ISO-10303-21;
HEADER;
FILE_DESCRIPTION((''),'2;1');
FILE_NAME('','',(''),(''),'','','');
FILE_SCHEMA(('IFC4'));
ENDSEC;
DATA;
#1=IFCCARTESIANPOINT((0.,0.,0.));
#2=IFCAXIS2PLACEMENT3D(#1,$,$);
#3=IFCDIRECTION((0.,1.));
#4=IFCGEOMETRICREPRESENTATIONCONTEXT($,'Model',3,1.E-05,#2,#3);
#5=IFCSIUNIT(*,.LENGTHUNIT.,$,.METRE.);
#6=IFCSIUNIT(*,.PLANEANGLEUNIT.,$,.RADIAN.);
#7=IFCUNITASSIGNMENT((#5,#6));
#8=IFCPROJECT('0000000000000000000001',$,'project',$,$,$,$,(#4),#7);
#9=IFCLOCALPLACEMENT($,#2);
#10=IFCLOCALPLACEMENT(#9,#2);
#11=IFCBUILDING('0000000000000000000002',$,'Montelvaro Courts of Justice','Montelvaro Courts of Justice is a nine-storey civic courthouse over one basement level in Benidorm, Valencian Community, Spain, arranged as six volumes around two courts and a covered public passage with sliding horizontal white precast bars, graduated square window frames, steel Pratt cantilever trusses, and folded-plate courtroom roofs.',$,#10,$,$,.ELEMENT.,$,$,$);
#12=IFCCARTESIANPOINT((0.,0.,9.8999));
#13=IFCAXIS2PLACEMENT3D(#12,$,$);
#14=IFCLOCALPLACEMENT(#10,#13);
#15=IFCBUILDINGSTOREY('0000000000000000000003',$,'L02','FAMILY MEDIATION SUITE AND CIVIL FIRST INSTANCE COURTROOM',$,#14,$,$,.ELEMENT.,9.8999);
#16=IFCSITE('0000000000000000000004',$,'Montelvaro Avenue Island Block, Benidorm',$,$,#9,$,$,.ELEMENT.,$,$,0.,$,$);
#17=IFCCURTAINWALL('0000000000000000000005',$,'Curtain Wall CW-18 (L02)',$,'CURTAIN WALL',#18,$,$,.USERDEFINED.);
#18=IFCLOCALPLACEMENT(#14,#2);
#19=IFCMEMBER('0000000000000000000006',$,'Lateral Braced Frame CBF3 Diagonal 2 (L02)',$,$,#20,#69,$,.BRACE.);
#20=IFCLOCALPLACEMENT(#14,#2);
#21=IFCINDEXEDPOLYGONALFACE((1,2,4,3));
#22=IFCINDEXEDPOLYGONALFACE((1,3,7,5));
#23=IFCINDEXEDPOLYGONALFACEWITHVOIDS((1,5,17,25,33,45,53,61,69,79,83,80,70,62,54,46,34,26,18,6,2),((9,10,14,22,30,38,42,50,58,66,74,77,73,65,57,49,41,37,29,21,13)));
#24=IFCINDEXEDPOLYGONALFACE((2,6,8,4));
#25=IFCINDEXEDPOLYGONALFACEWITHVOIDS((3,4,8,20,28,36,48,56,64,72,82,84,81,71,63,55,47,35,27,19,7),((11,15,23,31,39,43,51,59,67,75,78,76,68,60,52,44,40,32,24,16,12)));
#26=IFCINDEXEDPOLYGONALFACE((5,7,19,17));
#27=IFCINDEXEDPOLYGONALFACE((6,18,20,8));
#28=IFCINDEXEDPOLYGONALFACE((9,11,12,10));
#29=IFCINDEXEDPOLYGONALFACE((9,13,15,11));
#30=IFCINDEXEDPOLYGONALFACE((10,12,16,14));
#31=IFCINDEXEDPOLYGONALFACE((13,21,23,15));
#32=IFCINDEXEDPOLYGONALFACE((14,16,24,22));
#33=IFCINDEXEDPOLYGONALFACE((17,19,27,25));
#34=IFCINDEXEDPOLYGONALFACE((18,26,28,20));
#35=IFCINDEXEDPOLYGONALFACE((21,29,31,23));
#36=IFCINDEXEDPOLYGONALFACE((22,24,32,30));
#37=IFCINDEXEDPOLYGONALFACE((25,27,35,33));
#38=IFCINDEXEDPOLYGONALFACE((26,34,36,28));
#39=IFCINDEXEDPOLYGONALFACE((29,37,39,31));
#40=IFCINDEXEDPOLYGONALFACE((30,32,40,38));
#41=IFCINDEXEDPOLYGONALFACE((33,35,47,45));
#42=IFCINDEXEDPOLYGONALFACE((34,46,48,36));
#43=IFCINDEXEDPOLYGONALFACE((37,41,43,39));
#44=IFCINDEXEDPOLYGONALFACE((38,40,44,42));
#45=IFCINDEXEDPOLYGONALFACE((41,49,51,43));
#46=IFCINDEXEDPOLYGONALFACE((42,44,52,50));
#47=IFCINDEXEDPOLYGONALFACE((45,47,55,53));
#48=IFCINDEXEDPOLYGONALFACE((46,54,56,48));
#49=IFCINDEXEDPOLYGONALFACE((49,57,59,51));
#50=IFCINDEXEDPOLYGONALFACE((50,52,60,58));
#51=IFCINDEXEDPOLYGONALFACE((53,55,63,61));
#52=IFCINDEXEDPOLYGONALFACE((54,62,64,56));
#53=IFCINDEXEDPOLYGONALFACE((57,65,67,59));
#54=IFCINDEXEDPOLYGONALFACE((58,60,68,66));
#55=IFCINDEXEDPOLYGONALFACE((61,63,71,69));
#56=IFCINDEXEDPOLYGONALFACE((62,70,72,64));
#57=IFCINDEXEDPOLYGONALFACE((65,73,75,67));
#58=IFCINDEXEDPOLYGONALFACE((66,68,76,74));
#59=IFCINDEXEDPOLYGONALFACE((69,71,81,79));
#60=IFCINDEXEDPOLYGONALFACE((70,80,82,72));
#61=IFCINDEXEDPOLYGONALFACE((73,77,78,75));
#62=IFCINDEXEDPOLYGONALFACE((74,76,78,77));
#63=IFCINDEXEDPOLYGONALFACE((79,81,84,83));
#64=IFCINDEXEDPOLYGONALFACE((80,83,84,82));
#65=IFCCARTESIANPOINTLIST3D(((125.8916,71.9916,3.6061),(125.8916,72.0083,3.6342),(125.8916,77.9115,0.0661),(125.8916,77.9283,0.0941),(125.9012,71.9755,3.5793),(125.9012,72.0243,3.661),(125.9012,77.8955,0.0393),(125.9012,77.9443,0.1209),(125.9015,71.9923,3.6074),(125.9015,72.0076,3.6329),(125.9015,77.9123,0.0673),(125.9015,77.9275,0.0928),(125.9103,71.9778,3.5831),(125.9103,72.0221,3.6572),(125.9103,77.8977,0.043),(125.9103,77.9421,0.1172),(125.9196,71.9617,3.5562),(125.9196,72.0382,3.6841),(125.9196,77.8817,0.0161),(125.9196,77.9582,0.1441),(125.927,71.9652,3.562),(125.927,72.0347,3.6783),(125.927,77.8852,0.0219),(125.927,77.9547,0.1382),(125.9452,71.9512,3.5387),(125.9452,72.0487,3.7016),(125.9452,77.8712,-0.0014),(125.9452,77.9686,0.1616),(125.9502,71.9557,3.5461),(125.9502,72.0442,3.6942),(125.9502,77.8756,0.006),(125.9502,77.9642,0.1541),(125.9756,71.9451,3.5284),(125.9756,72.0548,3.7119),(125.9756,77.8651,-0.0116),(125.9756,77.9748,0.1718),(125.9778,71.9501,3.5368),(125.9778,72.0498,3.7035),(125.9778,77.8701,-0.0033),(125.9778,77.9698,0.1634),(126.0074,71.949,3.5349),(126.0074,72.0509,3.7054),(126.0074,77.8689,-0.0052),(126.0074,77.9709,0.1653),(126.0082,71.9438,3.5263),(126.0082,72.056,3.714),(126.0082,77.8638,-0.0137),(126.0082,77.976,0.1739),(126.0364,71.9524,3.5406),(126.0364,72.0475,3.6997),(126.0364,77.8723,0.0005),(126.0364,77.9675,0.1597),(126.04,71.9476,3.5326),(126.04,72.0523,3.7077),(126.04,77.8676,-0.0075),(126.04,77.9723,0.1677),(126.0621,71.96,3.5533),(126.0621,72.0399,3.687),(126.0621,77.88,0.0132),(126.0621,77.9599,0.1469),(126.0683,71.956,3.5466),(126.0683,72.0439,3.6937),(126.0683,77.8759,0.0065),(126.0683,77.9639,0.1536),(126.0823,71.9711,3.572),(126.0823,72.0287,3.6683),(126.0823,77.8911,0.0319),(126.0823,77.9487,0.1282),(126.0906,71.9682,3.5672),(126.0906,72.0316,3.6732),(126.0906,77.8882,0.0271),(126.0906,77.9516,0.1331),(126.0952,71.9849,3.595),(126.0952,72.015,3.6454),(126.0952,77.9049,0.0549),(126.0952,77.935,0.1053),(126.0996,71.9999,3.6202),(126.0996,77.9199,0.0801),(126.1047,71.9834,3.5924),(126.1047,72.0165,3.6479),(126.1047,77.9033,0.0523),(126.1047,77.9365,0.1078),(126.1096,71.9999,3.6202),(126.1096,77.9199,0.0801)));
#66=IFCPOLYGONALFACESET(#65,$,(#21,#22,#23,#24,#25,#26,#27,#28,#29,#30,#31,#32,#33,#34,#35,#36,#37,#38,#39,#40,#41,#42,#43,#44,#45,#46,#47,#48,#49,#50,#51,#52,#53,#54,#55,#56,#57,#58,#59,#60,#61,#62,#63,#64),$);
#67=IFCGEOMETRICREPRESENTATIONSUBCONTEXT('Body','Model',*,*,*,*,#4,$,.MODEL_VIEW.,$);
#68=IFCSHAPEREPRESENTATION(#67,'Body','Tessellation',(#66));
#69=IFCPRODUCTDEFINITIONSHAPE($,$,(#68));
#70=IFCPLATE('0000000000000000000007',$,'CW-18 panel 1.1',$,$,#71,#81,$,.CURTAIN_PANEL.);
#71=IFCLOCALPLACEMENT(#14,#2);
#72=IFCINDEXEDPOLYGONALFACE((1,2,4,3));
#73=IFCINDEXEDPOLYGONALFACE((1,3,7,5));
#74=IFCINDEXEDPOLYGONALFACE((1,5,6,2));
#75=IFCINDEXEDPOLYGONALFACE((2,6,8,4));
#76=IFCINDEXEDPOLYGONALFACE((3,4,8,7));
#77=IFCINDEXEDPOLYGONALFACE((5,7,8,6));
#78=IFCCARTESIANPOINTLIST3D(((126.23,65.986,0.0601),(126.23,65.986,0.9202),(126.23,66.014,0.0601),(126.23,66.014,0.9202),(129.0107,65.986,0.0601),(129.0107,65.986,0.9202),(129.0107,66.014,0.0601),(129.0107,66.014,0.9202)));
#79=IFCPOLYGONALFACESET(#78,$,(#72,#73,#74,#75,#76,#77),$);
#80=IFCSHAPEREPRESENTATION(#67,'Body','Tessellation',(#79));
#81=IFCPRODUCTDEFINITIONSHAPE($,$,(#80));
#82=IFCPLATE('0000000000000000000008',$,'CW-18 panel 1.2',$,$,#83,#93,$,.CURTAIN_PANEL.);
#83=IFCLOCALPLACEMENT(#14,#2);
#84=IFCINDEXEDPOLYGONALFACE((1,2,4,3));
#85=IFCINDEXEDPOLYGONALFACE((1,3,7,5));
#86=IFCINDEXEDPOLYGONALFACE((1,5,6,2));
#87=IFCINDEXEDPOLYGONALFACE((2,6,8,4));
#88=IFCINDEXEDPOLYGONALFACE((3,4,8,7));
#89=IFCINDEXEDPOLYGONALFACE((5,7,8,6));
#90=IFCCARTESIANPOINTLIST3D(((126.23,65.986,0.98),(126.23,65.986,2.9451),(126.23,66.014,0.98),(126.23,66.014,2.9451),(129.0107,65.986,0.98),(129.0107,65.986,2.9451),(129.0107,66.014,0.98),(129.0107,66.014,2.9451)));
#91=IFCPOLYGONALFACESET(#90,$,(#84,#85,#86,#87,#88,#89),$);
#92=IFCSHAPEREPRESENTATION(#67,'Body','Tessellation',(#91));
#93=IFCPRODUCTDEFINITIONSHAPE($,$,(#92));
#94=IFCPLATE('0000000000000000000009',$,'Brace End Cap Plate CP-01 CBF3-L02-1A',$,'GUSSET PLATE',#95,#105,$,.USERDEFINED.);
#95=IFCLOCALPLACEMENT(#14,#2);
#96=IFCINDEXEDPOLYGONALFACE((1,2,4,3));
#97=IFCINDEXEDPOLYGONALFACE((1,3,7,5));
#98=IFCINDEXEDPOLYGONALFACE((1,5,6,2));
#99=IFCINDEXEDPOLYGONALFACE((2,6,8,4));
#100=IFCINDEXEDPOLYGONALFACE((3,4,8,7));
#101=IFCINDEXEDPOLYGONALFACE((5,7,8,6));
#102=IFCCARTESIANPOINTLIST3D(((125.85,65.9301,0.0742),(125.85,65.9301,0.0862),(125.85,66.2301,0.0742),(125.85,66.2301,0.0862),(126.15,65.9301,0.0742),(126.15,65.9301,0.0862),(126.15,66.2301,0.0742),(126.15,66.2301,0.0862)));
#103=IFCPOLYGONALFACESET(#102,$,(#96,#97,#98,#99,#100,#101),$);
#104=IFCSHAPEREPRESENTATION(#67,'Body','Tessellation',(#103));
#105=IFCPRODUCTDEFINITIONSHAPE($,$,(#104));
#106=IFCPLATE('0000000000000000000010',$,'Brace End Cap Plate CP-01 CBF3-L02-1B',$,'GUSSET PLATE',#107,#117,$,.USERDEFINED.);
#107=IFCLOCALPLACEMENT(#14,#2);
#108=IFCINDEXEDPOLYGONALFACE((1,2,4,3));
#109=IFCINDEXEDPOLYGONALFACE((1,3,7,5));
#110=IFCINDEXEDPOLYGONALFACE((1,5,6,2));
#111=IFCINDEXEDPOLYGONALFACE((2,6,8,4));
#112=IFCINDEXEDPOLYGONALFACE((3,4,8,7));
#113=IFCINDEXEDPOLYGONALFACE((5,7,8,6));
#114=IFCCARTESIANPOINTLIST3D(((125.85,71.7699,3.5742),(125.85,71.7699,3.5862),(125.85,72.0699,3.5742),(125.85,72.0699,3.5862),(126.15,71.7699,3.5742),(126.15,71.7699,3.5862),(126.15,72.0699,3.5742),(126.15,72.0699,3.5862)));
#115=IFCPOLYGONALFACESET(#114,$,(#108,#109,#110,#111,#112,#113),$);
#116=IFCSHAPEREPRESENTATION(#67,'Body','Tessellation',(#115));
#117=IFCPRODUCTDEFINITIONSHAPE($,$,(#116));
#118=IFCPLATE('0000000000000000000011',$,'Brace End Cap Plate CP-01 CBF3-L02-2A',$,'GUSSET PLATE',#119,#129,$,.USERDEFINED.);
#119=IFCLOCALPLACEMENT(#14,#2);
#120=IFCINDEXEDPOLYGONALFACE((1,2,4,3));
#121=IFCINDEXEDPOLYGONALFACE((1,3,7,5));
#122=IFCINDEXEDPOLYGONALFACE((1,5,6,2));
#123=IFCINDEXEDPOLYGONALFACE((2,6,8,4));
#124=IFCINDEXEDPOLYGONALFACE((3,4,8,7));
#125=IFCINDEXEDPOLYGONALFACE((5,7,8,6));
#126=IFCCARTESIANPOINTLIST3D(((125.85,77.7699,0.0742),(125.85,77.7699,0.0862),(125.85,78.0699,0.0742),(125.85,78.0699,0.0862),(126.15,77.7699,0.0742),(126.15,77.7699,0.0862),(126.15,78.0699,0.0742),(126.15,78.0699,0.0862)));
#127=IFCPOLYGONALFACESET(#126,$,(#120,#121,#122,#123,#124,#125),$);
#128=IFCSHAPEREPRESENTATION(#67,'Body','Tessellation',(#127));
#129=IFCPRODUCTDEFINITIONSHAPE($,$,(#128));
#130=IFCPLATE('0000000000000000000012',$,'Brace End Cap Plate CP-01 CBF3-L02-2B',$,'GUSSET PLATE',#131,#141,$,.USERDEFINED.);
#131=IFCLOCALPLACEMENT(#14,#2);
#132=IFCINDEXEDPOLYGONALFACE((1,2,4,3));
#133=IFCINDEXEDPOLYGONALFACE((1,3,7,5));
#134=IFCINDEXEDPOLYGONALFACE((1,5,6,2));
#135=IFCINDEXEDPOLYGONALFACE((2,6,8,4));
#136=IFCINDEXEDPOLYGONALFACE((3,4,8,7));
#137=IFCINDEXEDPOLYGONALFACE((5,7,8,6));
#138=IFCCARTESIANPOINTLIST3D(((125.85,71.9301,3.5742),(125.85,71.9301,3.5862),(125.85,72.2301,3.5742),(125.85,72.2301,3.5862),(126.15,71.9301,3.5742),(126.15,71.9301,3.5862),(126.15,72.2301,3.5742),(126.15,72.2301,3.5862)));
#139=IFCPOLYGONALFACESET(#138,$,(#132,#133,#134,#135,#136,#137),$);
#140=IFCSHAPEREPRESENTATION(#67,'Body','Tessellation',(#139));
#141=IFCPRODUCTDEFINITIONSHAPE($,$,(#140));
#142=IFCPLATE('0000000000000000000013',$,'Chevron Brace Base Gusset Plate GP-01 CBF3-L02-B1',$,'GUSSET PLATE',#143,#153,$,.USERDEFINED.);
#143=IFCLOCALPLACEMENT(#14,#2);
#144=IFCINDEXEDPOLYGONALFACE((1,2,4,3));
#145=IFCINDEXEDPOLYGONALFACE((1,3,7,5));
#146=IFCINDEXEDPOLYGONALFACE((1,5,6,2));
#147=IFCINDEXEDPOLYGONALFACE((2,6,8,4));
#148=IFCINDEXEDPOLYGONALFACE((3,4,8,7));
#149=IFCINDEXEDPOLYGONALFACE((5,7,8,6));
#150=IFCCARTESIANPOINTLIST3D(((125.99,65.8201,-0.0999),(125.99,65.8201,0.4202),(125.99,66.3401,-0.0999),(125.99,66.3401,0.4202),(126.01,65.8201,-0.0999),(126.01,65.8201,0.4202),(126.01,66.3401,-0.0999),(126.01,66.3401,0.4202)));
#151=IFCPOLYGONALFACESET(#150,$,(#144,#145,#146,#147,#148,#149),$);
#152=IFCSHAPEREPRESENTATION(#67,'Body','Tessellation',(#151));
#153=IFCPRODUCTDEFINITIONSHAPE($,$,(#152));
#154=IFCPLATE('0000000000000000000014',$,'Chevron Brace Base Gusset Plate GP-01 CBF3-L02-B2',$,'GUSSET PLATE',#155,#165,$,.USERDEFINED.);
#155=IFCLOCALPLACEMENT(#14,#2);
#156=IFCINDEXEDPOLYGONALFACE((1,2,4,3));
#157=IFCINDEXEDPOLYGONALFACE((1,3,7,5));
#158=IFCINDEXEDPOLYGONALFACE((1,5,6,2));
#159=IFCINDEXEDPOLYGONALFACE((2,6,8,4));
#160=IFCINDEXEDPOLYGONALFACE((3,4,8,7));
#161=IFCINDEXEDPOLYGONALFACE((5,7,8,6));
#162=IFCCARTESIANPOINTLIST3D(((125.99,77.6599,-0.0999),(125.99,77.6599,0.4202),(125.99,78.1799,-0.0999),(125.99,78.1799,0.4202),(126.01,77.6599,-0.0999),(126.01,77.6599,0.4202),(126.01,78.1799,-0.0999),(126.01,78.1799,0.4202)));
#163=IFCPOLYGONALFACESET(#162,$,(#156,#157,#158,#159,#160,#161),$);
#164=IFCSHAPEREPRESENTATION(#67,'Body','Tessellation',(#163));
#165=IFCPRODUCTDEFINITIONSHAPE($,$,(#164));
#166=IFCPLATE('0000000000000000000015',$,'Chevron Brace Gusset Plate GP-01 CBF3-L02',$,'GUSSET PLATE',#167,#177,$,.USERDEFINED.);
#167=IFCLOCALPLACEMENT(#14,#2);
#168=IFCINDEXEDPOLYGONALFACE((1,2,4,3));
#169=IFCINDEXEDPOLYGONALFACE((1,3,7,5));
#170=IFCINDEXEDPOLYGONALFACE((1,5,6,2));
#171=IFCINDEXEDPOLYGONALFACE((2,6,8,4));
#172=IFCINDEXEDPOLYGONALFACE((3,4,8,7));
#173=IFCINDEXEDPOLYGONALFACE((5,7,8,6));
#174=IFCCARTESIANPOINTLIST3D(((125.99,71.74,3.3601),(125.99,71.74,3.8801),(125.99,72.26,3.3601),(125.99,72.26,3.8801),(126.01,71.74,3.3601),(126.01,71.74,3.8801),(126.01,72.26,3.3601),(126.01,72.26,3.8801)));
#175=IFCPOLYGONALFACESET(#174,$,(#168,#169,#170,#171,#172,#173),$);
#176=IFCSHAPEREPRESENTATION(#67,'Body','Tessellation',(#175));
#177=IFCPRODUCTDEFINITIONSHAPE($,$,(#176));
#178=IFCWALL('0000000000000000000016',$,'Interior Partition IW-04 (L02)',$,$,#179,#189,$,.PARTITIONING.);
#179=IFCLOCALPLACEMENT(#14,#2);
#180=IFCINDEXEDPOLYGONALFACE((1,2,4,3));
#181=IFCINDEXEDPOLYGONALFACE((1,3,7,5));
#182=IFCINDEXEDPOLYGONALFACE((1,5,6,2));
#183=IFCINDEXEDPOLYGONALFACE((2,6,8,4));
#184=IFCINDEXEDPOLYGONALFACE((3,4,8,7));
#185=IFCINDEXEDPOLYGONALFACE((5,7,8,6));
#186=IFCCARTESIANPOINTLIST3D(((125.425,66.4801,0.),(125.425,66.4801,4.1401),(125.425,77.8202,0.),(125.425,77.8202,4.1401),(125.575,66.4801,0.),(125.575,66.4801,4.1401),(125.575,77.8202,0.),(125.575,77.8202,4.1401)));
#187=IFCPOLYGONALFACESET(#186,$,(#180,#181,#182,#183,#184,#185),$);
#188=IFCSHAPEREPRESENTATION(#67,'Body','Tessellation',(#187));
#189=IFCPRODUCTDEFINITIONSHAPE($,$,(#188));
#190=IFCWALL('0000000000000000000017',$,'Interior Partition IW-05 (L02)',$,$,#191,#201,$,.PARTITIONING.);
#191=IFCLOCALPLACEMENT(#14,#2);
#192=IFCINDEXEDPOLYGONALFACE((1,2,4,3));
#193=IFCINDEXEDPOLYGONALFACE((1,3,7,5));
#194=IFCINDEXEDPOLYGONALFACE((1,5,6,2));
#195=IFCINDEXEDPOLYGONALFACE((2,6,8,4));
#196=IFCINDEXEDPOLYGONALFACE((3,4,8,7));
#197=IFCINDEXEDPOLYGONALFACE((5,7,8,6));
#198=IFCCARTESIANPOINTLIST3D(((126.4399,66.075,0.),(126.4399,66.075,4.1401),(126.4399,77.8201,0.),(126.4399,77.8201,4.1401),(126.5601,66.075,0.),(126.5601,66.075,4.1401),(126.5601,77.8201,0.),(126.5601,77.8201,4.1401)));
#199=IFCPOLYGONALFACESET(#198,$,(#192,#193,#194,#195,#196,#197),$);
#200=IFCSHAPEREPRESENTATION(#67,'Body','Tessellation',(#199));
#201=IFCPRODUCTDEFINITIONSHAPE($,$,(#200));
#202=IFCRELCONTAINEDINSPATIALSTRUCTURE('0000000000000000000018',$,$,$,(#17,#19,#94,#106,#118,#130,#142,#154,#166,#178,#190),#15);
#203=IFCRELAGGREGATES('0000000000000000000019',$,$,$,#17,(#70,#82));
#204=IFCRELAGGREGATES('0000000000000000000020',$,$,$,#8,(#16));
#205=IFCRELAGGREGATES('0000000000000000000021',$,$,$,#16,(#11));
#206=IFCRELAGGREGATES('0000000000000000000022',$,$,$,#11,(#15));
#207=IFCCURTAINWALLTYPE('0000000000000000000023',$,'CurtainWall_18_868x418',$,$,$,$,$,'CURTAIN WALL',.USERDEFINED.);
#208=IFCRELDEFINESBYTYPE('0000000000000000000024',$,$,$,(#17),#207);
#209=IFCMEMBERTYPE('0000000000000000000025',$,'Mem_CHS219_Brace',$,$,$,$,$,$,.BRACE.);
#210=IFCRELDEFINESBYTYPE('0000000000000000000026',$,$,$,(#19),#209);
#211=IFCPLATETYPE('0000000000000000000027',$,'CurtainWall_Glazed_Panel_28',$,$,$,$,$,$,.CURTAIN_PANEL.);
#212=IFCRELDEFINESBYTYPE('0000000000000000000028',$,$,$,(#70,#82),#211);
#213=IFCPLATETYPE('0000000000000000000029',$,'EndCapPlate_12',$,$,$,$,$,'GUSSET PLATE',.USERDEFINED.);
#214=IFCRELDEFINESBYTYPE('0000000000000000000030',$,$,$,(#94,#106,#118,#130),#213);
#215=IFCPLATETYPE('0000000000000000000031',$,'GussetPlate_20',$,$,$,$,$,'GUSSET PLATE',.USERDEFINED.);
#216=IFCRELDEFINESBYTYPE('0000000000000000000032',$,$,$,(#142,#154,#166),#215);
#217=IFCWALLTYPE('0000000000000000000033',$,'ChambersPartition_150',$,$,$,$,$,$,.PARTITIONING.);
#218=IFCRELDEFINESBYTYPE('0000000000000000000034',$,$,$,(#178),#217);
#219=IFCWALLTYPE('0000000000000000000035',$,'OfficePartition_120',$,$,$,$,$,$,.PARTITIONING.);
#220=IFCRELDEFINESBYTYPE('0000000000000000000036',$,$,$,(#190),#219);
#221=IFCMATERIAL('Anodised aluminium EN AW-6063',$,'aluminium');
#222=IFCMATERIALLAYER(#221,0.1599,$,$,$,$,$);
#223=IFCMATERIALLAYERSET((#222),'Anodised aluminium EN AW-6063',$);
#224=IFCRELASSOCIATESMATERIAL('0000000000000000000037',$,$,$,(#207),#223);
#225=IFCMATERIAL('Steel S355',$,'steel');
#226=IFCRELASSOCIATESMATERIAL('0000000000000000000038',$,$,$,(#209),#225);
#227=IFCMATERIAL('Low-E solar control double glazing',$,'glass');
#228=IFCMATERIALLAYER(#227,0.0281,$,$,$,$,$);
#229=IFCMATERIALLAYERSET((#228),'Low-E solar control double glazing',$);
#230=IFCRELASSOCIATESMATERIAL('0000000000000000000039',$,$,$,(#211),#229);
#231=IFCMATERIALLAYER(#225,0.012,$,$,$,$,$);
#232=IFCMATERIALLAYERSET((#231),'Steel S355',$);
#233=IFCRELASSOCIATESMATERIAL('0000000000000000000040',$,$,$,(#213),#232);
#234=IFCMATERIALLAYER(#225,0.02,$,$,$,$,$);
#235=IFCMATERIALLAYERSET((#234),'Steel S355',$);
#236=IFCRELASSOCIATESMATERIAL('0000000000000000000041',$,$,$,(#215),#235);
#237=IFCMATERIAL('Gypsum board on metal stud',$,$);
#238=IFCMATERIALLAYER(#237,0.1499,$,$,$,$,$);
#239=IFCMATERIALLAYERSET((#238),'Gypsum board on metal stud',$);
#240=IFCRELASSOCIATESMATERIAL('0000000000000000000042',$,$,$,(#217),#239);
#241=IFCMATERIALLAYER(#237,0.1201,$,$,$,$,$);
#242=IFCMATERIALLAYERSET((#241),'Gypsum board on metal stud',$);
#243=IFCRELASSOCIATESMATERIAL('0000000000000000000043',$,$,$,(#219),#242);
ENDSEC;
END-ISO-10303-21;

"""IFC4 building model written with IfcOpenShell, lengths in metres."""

from ifc_helpers import new_model, si_unit, direction, frame, frame_2d, origin, origin_2d, place, context, subcontext, project, spatial, rectangle, hollow_circle, extrude, material, layer, layer_set, material_profile, profile_set, type_object, element, aggregate, save


model = new_model("IFC4")

# Units and contexts
model_context = context("Model", 3, precision=1e-05, world=origin(), true_north=direction((0.0, 1.0)))
body_context = subcontext(model_context, "Body", "Model", "MODEL_VIEW")
ifc_project = project(units=[si_unit("LENGTHUNIT", "METRE"), si_unit("PLANEANGLEUNIT", "RADIAN")], contexts=[model_context])

# Site, building, storey
site_placement = place(None, origin())
site = spatial("IfcSite", under=ifc_project, at=site_placement, Name="Montelvaro Avenue Island Block, Benidorm", CompositionType="ELEMENT", RefElevation=0.0)
building_placement = place(site_placement, origin())
building = spatial("IfcBuilding", under=site, at=building_placement, Name="Montelvaro Courts of Justice", Description="Montelvaro Courts of Justice is a nine-storey civic courthouse over one basement level in Benidorm, Valencian Community, Spain, arranged as six volumes around two courts and a covered public passage with sliding horizontal white precast bars, graduated square window frames, steel Pratt cantilever trusses, and folded-plate courtroom roofs.", CompositionType="ELEMENT")
storey_placement = place(building_placement, frame((0.0, 0.0, 9.8999)))
storey = spatial("IfcBuildingStorey", under=building, at=storey_placement, Name="L02", Description="FAMILY MEDIATION SUITE AND CIVIL FIRST INSTANCE COURTROOM", CompositionType="ELEMENT", Elevation=9.8999)

# Shared definitions
ifc_material_1 = material(Name="Steel S355", Category="steel")

# Curtain wall
ifc_material_2 = material(Name="Anodised aluminium EN AW-6063", Category="aluminium")
ifc_layer_1 = layer(ifc_material_2, 0.1599)
ifc_layer_set_1 = layer_set([ifc_layer_1], Name="Anodised aluminium EN AW-6063")
curtain_wall_type = type_object("IfcCurtainWallType", Name="CurtainWall_18_868x418", ElementType="CURTAIN WALL", PredefinedType="USERDEFINED", material=ifc_layer_set_1)
curtain_wall_placement = place(storey_placement, origin())
curtain_wall = element("IfcCurtainWall", 1, at=curtain_wall_placement, inside=storey, type_object=curtain_wall_type, Name="Curtain Wall CW-18 (L02)", ObjectType="CURTAIN WALL", PredefinedType="USERDEFINED")

# Member
ifc_material_profile_1 = material_profile(ifc_material_1, hollow_circle(Radius=0.1096, WallThickness=0.01, at=origin_2d()), Name="CHS 219.1x10")
ifc_profile_set_1 = profile_set([ifc_material_profile_1], Name="Steel S355")
member_type_1 = type_object("IfcMemberType", Name="Mem_CHS219_Brace", PredefinedType="BRACE", material=ifc_profile_set_1)
for number, where, z_axis, x_axis, name in (
    (2, (126.0, 77.9199, 0.0801), (0.0, -0.858254, 0.513225), (1.0, 0.0, 0.0), "Lateral Braced Frame CBF3 Diagonal 2 (L02)"),
):
    element("IfcMember", number, at=place(storey_placement, frame(where, z_axis=z_axis, x_axis=x_axis)), inside=storey, type_object=member_type_1, Name=name, PredefinedType="BRACE", context=body_context, shape_type="SweptSolid", body=[
        extrude(hollow_circle(Radius=0.1096, WallThickness=0.01, at=origin_2d()), origin(), (0.0, 0.0, 1.0), 6.8977),
    ])

# Plates
ifc_material_3 = material(Name="Low-E solar control double glazing", Category="glass")
ifc_layer_2 = layer(ifc_material_3, 0.0281)
ifc_layer_set_2 = layer_set([ifc_layer_2], Name="Low-E solar control double glazing")
plate_type_1 = type_object("IfcPlateType", Name="CurtainWall_Glazed_Panel_28", PredefinedType="CURTAIN_PANEL", material=ifc_layer_set_2)
plate_1_placement = place(storey_placement, frame((127.6204, 66.0, 0.0601), z_axis=(0.0, 0.0, 1.0), x_axis=(1.0, 0.0, 0.0)))
plate_1 = element("IfcPlate", 3, at=plate_1_placement, type_object=plate_type_1, Name="CW-18 panel 1.1", PredefinedType="CURTAIN_PANEL", context=body_context, shape_type="SweptSolid", body=[
    extrude(rectangle(XDim=2.7808, YDim=0.0281, at=origin_2d()), origin(), (0.0, 0.0, 1.0), 0.8601),
])
plate_2_placement = place(storey_placement, frame((127.6204, 66.0, 0.98), z_axis=(0.0, 0.0, 1.0), x_axis=(1.0, 0.0, 0.0)))
plate_2 = element("IfcPlate", 4, at=plate_2_placement, type_object=plate_type_1, Name="CW-18 panel 1.2", PredefinedType="CURTAIN_PANEL", context=body_context, shape_type="SweptSolid", body=[
    extrude(rectangle(XDim=2.7808, YDim=0.0281, at=origin_2d()), origin(), (0.0, 0.0, 1.0), 1.9651),
])
aggregate(curtain_wall, [plate_1, plate_2])

# Plates
ifc_layer_3 = layer(ifc_material_1, 0.012)
ifc_layer_set_3 = layer_set([ifc_layer_3], Name="Steel S355")
plate_type_2 = type_object("IfcPlateType", Name="EndCapPlate_12", ElementType="GUSSET PLATE", PredefinedType="USERDEFINED", material=ifc_layer_set_3)
for number, where, z_axis, x_axis, name in (
    (5, (126.0, 66.0801, 0.0742), (0.0, 0.0, 1.0), (1.0, 0.0, 0.0), "Brace End Cap Plate CP-01 CBF3-L02-1A"),
    (6, (126.0, 71.9199, 3.5742), (0.0, 0.0, 1.0), (1.0, 0.0, 0.0), "Brace End Cap Plate CP-01 CBF3-L02-1B"),
    (7, (126.0, 77.9199, 0.0742), (0.0, 0.0, 1.0), (1.0, 0.0, 0.0), "Brace End Cap Plate CP-01 CBF3-L02-2A"),
    (8, (126.0, 72.0801, 3.5742), (0.0, 0.0, 1.0), (1.0, 0.0, 0.0), "Brace End Cap Plate CP-01 CBF3-L02-2B"),
):
    element("IfcPlate", number, at=place(storey_placement, frame(where, z_axis=z_axis, x_axis=x_axis)), inside=storey, type_object=plate_type_2, Name=name, ObjectType="GUSSET PLATE", PredefinedType="USERDEFINED", context=body_context, shape_type="SweptSolid", body=[
        extrude(rectangle(XDim=0.3, YDim=0.3, at=origin_2d()), origin(), (0.0, 0.0, 1.0), 0.012),
    ])
ifc_layer_4 = layer(ifc_material_1, 0.02)
ifc_layer_set_4 = layer_set([ifc_layer_4], Name="Steel S355")
plate_type_3 = type_object("IfcPlateType", Name="GussetPlate_20", ElementType="GUSSET PLATE", PredefinedType="USERDEFINED", material=ifc_layer_set_4)
for number, where, z_axis, x_axis, name in (
    (9, (126.0, 66.0801, -0.0999), (0.0, 0.0, 1.0), (1.0, 0.0, 0.0), "Chevron Brace Base Gusset Plate GP-01 CBF3-L02-B1"),
    (10, (126.0, 77.9199, -0.0999), (0.0, 0.0, 1.0), (1.0, 0.0, 0.0), "Chevron Brace Base Gusset Plate GP-01 CBF3-L02-B2"),
    (11, (126.0, 72.0, 3.3601), (0.0, 0.0, 1.0), (1.0, 0.0, 0.0), "Chevron Brace Gusset Plate GP-01 CBF3-L02"),
):
    element("IfcPlate", number, at=place(storey_placement, frame(where, z_axis=z_axis, x_axis=x_axis)), inside=storey, type_object=plate_type_3, Name=name, ObjectType="GUSSET PLATE", PredefinedType="USERDEFINED", context=body_context, shape_type="SweptSolid", body=[
        extrude(rectangle(XDim=0.02, YDim=0.52, at=origin_2d()), origin(), (0.0, 0.0, 1.0), 0.52),
    ])

# Walls
ifc_material_4 = material(Name="Gypsum board on metal stud")
ifc_layer_5 = layer(ifc_material_4, 0.1499)
ifc_layer_set_5 = layer_set([ifc_layer_5], Name="Gypsum board on metal stud")
wall_type_1 = type_object("IfcWallType", Name="ChambersPartition_150", PredefinedType="PARTITIONING", material=ifc_layer_set_5)
wall_1_placement = place(storey_placement, frame((125.5, 77.8201, 0.0), z_axis=(0.0, 0.0, 1.0), x_axis=(0.0, -1.0, 0.0)))
element("IfcWall", 12, at=wall_1_placement, inside=storey, type_object=wall_type_1, Name="Interior Partition IW-04 (L02)", PredefinedType="PARTITIONING", context=body_context, shape_type="SweptSolid", body=[
    extrude(rectangle(XDim=11.3401, YDim=0.1499, at=frame_2d((5.6699, 0.0))), origin(), (0.0, 0.0, 1.0), 4.1401),
])
ifc_layer_6 = layer(ifc_material_4, 0.1201)
ifc_layer_set_6 = layer_set([ifc_layer_6], Name="Gypsum board on metal stud")
wall_type_2 = type_object("IfcWallType", Name="OfficePartition_120", PredefinedType="PARTITIONING", material=ifc_layer_set_6)
wall_2_placement = place(storey_placement, frame((126.5, 66.075, 0.0), z_axis=(0.0, 0.0, 1.0), x_axis=(0.0, 1.0, 0.0)))
element("IfcWall", 13, at=wall_2_placement, inside=storey, type_object=wall_type_2, Name="Interior Partition IW-05 (L02)", PredefinedType="PARTITIONING", context=body_context, shape_type="SweptSolid", body=[
    extrude(rectangle(XDim=11.7451, YDim=0.1201, at=frame_2d((5.8726, 0.0))), origin(), (0.0, 0.0, 1.0), 4.1401),
])

save(model, "model.ifc")
